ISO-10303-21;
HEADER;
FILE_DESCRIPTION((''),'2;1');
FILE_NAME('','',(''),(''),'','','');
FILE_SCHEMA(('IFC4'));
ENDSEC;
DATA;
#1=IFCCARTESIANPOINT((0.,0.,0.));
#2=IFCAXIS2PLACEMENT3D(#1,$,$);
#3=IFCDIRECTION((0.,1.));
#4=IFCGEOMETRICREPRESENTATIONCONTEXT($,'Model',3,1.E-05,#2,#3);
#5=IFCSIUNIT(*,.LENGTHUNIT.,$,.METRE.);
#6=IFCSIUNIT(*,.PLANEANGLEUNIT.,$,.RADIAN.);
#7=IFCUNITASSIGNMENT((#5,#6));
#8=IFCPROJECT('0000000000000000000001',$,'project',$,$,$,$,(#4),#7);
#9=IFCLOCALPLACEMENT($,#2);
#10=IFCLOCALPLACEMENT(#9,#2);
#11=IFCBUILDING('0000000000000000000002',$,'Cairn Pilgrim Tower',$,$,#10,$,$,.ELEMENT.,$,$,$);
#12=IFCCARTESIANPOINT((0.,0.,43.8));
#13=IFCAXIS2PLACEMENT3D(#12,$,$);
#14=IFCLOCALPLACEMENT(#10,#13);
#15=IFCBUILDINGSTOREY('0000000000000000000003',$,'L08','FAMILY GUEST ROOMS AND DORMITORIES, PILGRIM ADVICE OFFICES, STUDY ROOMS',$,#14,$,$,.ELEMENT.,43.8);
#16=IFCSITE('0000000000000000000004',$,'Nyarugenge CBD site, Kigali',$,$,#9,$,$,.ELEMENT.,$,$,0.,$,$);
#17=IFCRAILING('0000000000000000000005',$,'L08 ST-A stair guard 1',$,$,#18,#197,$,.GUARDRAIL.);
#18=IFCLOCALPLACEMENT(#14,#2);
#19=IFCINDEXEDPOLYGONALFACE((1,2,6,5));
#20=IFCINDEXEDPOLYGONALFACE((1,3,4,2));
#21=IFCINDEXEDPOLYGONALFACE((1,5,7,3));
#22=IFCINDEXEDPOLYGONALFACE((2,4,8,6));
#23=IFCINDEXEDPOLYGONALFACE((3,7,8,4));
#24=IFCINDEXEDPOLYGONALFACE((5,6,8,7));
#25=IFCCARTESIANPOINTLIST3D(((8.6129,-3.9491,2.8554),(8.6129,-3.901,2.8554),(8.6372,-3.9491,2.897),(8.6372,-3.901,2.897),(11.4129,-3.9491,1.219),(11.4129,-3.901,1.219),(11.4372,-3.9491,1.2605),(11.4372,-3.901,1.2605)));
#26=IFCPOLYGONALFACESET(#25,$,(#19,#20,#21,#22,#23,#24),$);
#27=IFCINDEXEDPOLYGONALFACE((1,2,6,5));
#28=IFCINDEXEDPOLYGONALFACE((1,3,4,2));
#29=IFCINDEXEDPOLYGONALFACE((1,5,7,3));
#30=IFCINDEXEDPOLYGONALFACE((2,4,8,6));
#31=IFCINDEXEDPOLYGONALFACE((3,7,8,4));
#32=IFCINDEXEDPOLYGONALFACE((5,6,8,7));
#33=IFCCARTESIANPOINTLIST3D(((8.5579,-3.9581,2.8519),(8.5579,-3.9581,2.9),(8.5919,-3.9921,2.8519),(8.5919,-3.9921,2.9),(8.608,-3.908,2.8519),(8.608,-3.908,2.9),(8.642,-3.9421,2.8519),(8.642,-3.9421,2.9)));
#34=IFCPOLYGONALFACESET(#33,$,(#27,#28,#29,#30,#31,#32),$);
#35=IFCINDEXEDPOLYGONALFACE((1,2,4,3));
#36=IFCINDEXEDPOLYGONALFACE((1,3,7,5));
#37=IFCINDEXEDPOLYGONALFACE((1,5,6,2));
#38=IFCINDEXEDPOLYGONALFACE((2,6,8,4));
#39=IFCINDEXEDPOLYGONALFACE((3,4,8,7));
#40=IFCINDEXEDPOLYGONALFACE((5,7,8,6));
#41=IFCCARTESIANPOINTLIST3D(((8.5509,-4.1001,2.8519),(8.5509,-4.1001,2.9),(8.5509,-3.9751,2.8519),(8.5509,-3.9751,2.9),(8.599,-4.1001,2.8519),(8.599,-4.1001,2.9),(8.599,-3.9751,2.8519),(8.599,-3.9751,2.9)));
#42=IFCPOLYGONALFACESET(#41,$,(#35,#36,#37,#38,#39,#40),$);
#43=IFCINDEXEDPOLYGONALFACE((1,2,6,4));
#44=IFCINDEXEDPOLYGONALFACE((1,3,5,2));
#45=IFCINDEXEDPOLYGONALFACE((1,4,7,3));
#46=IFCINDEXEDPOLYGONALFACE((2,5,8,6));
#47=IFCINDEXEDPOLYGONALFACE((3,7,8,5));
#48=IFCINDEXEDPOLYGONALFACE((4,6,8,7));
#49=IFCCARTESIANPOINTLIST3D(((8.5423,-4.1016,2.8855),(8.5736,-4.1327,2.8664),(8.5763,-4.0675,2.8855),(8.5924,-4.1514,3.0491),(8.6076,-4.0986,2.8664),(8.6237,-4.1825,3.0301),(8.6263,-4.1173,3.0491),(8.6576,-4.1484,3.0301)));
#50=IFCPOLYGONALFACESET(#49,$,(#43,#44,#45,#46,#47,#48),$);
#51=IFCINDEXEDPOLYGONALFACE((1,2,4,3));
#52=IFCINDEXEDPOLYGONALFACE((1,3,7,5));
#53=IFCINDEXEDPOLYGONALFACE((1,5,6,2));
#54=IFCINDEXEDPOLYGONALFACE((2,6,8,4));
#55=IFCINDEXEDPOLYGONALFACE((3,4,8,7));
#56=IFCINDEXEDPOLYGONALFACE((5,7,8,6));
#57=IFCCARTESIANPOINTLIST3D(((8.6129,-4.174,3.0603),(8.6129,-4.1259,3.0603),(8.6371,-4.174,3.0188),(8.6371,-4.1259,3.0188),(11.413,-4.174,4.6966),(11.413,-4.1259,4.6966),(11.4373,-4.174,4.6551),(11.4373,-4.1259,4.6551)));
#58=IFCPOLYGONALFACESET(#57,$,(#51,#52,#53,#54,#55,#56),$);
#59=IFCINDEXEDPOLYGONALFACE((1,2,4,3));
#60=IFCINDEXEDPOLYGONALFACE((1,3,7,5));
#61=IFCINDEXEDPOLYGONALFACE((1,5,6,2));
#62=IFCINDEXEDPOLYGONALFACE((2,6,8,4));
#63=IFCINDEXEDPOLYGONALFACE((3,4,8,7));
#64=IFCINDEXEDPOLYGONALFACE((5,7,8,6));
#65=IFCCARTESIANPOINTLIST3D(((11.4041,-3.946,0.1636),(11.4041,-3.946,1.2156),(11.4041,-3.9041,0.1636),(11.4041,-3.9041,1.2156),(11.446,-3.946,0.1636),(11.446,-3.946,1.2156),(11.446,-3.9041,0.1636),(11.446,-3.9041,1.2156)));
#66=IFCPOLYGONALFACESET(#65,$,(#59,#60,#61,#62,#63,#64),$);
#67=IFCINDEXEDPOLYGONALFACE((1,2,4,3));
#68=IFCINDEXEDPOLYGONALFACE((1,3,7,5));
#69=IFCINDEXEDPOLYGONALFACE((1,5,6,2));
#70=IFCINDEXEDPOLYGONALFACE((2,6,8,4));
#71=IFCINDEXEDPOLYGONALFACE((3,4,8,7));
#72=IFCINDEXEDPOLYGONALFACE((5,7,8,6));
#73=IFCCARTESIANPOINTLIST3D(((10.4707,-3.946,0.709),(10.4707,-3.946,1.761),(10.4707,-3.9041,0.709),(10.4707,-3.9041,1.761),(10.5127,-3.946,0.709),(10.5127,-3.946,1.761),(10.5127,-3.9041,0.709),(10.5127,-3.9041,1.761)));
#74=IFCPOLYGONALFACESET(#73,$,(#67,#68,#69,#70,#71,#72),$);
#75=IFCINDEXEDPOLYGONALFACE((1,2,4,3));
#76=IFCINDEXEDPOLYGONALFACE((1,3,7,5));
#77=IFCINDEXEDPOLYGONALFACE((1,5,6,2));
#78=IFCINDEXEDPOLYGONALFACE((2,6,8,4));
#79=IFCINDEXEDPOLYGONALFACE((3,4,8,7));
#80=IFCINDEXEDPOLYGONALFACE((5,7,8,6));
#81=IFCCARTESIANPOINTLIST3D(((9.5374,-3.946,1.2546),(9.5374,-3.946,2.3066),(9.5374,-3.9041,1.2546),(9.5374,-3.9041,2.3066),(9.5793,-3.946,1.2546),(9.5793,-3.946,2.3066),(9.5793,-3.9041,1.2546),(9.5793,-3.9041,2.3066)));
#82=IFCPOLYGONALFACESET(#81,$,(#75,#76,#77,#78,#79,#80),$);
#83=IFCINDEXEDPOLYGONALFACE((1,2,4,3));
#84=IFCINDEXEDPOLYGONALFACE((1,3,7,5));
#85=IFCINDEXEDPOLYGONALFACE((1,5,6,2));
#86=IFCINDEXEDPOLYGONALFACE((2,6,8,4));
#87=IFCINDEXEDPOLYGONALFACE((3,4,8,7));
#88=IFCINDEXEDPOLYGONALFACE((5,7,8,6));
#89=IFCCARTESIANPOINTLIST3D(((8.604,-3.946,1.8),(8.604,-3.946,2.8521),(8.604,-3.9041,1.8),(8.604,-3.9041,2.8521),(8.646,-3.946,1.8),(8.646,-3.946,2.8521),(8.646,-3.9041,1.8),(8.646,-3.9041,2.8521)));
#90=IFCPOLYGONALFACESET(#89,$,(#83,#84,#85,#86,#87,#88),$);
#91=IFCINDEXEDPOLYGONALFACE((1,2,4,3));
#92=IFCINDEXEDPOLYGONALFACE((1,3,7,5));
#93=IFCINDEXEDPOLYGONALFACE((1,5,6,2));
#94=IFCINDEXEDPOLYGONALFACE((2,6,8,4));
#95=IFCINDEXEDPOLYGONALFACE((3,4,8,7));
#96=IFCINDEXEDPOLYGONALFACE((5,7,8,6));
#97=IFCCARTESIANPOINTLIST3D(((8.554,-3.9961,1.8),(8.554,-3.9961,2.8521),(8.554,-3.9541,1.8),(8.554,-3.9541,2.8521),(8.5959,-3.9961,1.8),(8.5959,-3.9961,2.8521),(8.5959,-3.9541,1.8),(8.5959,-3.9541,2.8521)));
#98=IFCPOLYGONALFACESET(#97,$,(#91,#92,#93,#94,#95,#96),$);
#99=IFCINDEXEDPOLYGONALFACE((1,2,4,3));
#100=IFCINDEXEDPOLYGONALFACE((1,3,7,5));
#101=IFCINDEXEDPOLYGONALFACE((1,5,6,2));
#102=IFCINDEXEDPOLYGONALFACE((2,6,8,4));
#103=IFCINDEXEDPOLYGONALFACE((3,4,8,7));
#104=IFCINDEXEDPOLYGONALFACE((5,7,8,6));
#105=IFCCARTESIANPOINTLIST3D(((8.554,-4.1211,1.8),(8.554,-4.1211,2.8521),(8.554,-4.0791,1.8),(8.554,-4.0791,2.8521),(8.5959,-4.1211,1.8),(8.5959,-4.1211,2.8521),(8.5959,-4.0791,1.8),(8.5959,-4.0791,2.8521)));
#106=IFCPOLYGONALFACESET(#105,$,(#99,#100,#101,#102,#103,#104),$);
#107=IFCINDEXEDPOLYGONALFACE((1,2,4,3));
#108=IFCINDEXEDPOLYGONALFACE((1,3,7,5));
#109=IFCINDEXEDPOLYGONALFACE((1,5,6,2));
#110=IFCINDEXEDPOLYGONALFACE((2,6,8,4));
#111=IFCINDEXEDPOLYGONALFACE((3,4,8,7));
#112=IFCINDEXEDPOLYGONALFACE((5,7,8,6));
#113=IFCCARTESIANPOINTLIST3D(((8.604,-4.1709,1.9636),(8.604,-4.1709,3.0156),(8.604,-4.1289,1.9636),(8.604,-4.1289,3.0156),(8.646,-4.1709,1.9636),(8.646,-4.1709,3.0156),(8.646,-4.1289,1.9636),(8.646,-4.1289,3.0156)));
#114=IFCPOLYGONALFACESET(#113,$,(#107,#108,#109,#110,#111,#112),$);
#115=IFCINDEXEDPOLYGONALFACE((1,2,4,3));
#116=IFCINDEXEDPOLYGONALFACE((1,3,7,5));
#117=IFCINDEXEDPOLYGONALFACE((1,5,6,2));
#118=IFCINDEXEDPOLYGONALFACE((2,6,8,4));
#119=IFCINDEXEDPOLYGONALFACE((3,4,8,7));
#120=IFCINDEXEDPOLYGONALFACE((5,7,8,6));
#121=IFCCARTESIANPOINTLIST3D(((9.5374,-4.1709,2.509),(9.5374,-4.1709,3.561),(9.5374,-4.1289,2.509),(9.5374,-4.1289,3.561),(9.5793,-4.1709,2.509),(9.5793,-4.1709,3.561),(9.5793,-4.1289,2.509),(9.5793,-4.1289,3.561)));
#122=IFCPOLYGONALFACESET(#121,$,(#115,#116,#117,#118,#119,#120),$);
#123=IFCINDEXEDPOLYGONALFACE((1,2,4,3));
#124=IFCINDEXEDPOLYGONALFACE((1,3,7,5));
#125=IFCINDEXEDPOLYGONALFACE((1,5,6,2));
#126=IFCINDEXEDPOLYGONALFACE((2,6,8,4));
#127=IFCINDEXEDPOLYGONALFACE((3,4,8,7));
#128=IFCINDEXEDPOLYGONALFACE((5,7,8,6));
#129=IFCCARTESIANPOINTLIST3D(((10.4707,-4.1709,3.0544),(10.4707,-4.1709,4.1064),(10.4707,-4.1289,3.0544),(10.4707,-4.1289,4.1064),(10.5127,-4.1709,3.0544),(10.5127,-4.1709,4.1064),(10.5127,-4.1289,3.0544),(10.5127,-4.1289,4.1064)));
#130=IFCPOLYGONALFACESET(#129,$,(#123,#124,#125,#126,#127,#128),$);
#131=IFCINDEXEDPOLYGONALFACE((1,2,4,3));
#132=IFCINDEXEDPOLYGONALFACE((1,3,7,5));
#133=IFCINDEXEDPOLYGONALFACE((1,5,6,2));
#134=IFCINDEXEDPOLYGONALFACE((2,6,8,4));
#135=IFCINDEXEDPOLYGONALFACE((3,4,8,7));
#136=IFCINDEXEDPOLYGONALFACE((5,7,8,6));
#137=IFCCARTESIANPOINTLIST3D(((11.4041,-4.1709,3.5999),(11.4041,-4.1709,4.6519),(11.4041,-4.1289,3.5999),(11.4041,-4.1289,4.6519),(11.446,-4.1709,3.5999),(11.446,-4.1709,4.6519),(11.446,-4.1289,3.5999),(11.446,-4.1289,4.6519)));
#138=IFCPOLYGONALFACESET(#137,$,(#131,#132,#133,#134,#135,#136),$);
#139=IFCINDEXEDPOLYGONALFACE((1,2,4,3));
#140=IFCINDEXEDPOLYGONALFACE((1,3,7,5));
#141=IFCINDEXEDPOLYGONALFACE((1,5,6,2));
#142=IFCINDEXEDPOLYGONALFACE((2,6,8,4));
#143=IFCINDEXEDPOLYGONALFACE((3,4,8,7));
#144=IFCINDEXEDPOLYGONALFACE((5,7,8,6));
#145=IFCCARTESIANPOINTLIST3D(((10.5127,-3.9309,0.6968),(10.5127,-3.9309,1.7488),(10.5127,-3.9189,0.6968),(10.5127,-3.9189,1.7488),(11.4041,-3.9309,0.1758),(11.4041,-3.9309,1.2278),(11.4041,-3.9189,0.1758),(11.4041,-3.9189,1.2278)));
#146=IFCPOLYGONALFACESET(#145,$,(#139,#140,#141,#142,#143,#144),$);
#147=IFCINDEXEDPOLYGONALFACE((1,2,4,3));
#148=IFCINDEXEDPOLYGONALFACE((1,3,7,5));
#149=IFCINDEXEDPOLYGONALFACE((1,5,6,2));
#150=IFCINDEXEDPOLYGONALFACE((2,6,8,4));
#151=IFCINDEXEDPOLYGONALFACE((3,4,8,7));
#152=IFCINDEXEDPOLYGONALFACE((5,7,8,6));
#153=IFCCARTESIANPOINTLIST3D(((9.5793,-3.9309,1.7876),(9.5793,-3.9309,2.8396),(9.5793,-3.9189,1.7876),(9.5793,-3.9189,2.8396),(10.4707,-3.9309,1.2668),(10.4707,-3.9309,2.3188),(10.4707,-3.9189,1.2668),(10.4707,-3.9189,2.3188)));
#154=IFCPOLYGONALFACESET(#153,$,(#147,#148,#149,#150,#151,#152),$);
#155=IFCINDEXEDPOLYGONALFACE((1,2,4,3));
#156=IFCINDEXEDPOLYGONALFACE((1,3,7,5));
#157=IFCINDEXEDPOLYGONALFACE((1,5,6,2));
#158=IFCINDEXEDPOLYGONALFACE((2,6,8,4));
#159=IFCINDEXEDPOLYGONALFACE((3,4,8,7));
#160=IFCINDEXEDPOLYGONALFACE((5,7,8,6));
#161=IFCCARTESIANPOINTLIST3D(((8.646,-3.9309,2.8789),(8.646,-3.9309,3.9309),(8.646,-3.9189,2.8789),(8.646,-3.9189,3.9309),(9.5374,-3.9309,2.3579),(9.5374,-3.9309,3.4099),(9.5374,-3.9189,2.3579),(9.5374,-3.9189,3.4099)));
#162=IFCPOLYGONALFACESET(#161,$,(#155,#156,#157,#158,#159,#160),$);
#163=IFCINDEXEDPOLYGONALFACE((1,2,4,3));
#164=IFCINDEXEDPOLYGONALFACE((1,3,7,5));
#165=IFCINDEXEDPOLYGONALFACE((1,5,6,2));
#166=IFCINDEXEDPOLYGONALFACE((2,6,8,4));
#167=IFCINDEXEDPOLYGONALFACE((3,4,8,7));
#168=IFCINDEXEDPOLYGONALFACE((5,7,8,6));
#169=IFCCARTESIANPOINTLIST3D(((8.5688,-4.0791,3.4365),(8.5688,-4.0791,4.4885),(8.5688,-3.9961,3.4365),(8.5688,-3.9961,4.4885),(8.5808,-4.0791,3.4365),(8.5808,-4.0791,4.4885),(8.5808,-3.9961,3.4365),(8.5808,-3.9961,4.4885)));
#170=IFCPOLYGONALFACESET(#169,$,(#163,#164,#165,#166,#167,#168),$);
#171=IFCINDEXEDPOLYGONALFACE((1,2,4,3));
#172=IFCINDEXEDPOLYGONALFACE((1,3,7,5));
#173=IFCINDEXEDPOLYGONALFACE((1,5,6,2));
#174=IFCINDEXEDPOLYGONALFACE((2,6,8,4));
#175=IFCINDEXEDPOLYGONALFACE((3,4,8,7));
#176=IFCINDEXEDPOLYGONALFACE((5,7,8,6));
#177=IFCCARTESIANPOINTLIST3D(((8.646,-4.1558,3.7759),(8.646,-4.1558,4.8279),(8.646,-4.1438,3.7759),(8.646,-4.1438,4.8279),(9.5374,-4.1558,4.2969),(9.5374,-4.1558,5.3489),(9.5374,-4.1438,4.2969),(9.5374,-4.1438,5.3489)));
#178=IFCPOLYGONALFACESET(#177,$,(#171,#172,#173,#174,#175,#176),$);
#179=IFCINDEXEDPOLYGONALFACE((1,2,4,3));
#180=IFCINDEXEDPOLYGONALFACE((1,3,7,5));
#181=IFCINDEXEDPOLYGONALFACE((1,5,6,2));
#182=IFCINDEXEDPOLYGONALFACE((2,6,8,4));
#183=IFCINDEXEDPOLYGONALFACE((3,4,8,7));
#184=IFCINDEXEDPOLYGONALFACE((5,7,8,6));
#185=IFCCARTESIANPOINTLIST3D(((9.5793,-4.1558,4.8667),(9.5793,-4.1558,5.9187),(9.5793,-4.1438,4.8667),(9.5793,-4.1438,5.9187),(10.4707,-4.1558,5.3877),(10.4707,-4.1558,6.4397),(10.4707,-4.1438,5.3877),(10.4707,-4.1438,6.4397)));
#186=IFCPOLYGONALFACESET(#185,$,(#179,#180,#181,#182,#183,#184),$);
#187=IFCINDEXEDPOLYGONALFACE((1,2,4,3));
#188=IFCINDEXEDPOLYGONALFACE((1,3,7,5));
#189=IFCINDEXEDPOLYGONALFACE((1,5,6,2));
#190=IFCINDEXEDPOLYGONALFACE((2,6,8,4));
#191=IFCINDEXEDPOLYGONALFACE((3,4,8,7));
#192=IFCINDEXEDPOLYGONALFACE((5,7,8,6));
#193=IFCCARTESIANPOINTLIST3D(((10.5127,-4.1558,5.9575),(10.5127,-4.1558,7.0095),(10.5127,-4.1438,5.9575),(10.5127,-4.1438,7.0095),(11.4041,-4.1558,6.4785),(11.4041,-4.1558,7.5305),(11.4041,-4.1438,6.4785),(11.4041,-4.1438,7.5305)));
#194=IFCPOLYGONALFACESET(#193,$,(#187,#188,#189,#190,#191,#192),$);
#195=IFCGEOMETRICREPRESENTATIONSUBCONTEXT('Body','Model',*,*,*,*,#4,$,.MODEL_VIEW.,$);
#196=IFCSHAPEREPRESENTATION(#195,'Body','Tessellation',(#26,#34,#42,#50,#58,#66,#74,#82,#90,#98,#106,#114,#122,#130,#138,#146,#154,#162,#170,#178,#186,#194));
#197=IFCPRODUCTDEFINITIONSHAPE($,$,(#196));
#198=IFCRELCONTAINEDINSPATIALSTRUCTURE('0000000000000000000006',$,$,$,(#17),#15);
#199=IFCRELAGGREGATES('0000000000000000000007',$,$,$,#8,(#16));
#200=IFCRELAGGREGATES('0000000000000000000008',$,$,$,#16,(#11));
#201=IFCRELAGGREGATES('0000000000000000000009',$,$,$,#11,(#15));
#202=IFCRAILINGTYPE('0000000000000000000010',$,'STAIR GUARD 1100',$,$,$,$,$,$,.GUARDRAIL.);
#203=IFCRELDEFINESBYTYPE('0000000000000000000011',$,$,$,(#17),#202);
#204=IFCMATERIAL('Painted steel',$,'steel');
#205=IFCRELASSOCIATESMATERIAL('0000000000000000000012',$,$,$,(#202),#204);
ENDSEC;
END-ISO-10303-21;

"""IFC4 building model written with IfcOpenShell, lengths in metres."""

from ifc_helpers import new_model, si_unit, direction, frame, origin, origin_2d, place, context, subcontext, project, spatial, polyline, rectangle, outline, extrude, material, type_object, element, save


model = new_model("IFC4")

# Units and contexts
model_context = context("Model", 3, precision=1e-05, world=origin(), true_north=direction((0.0, 1.0)))
body_context = subcontext(model_context, "Body", "Model", "MODEL_VIEW")
ifc_project = project(units=[si_unit("LENGTHUNIT", "METRE"), si_unit("PLANEANGLEUNIT", "RADIAN")], contexts=[model_context])

# Site, building, storey
site_placement = place(None, origin())
site = spatial("IfcSite", under=ifc_project, at=site_placement, Name="Nyarugenge CBD site, Kigali", CompositionType="ELEMENT", RefElevation=0.0)
building_placement = place(site_placement, origin())
building = spatial("IfcBuilding", under=site, at=building_placement, Name="Cairn Pilgrim Tower", CompositionType="ELEMENT")
storey_placement = place(building_placement, frame((0.0, 0.0, 43.8)))
storey = spatial("IfcBuildingStorey", under=building, at=storey_placement, Name="L08", Description="FAMILY GUEST ROOMS AND DORMITORIES, PILGRIM ADVICE OFFICES, STUDY ROOMS", CompositionType="ELEMENT", Elevation=43.8)

# Shared definitions
ifc_material_1 = material(Name="Painted steel", Category="steel")

# Railing
railing_type_1 = type_object("IfcRailingType", Name="STAIR GUARD 1100", PredefinedType="GUARDRAIL", material=ifc_material_1)
railing_1_placement = place(storey_placement, frame((11.425, -3.925, 0.1636)))
element("IfcRailing", 1, at=railing_1_placement, inside=storey, type_object=railing_type_1, Name="L08 ST-A stair guard 1", PredefinedType="GUARDRAIL", context=body_context, shape_type="SweptSolid", body=[
    extrude(rectangle(XDim=0.0481, YDim=0.0481, at=origin_2d()), frame((0.0, 0.0, 1.0762), z_axis=(-0.863361, 0.0, 0.504587), x_axis=(0.0, -1.0, 0.0)), (0.0, 0.0, 1.0), 3.2432),
    extrude(rectangle(XDim=0.0481, YDim=0.0481, at=origin_2d()), frame((-2.8, 0.0, 2.7124), z_axis=(-0.707107, -0.707107, 0.0), x_axis=(0.707107, -0.707107, 0.0)), (0.0, 0.0, 1.0), 0.0708),
    extrude(rectangle(XDim=0.0481, YDim=0.0481, at=origin_2d()), frame((-2.8501, -0.05, 2.7124), z_axis=(0.0, -1.0, 0.0), x_axis=(1.0, 0.0, 0.0)), (0.0, 0.0, 1.0), 0.125),
    extrude(rectangle(XDim=0.0481, YDim=0.0481, at=origin_2d()), frame((-2.8501, -0.175, 2.7124), z_axis=(0.280917, -0.279546, 0.918118), x_axis=(0.705376, 0.708834, 0.0)), (0.0, 0.0, 1.0), 0.1782),
    extrude(rectangle(XDim=0.0481, YDim=0.0481, at=origin_2d()), frame((-2.8, -0.2249, 2.876), z_axis=(0.863394, 0.0, 0.504531), x_axis=(0.0, 1.0, 0.0)), (0.0, 0.0, 1.0), 3.2432),
    extrude(rectangle(XDim=0.042, YDim=0.042, at=origin_2d()), origin(), (0.0, 0.0, 1.0), 1.052),
    extrude(rectangle(XDim=0.042, YDim=0.042, at=origin_2d()), frame((-0.9333, 0.0, 0.5454)), (0.0, 0.0, 1.0), 1.052),
    extrude(rectangle(XDim=0.042, YDim=0.042, at=origin_2d()), frame((-1.8667, 0.0, 1.0911)), (0.0, 0.0, 1.0), 1.052),
    extrude(rectangle(XDim=0.042, YDim=0.042, at=origin_2d()), frame((-2.8, 0.0, 1.6365)), (0.0, 0.0, 1.0), 1.052),
    extrude(rectangle(XDim=0.042, YDim=0.042, at=origin_2d()), frame((-2.8501, -0.05, 1.6365)), (0.0, 0.0, 1.0), 1.052),
    extrude(rectangle(XDim=0.042, YDim=0.042, at=origin_2d()), frame((-2.8501, -0.175, 1.6365)), (0.0, 0.0, 1.0), 1.052),
    extrude(rectangle(XDim=0.042, YDim=0.042, at=origin_2d()), frame((-2.8, -0.2249, 1.8)), (0.0, 0.0, 1.0), 1.052),
    extrude(rectangle(XDim=0.042, YDim=0.042, at=origin_2d()), frame((-1.8667, -0.2249, 2.3455)), (0.0, 0.0, 1.0), 1.052),
    extrude(rectangle(XDim=0.042, YDim=0.042, at=origin_2d()), frame((-0.9333, -0.2249, 2.8909)), (0.0, 0.0, 1.0), 1.052),
    extrude(rectangle(XDim=0.042, YDim=0.042, at=origin_2d()), frame((0.0, -0.2249, 3.4363)), (0.0, 0.0, 1.0), 1.052),
    extrude(outline(polyline([(0.021, 0.0122), (0.9124, 0.5332), (0.9124, 1.5852), (0.021, 1.0642), (0.021, 0.0122)])), frame((0.0, -0.0059, 0.0), z_axis=(0.0, 1.0, 0.0), x_axis=(-1.0, 0.0, 0.0)), (0.0, 0.0, 1.0), 0.012),
    extrude(outline(polyline([(0.021, 0.5579), (0.9124, 1.0786), (0.9124, 2.1306), (0.021, 1.6099), (0.021, 0.5579)])), frame((-0.9333, -0.0059, 0.5454), z_axis=(0.0, 1.0, 0.0), x_axis=(-1.0, 0.0, 0.0)), (0.0, 0.0, 1.0), 0.012),
    extrude(outline(polyline([(0.021, 1.1033), (0.9124, 1.6243), (0.9124, 2.6763), (0.021, 2.1553), (0.021, 1.1033)])), frame((-1.8667, -0.0059, 1.0911), z_axis=(0.0, 1.0, 0.0), x_axis=(-1.0, 0.0, 0.0)), (0.0, 0.0, 1.0), 0.012),
    extrude(outline(polyline([(0.021, 1.6365), (0.104, 1.6365), (0.104, 2.6885), (0.021, 2.6885), (0.021, 1.6365)])), frame((-2.8442, -0.05, 1.6365), z_axis=(-1.0, 0.0, 0.0), x_axis=(0.0, -1.0, 0.0)), (0.0, 0.0, 1.0), 0.012),
    extrude(outline(polyline([(0.021, 1.8123), (0.9124, 2.3333), (0.9124, 3.3853), (0.021, 2.8643), (0.021, 1.8123)])), frame((-2.8, -0.2188, 1.8), z_axis=(0.0, -1.0, 0.0), x_axis=(1.0, 0.0, 0.0)), (0.0, 0.0, 1.0), 0.012),
    extrude(outline(polyline([(0.021, 2.3577), (0.9124, 2.8787), (0.9124, 3.9307), (0.021, 3.4097), (0.021, 2.3577)])), frame((-1.8667, -0.2188, 2.3455), z_axis=(0.0, -1.0, 0.0), x_axis=(1.0, 0.0, 0.0)), (0.0, 0.0, 1.0), 0.012),
    extrude(outline(polyline([(0.021, 2.9031), (0.9124, 3.4241), (0.9124, 4.4761), (0.021, 3.9551), (0.021, 2.9031)])), frame((-0.9333, -0.2188, 2.8909), z_axis=(0.0, -1.0, 0.0), x_axis=(1.0, 0.0, 0.0)), (0.0, 0.0, 1.0), 0.012),
])

save(model, "model.ifc")
